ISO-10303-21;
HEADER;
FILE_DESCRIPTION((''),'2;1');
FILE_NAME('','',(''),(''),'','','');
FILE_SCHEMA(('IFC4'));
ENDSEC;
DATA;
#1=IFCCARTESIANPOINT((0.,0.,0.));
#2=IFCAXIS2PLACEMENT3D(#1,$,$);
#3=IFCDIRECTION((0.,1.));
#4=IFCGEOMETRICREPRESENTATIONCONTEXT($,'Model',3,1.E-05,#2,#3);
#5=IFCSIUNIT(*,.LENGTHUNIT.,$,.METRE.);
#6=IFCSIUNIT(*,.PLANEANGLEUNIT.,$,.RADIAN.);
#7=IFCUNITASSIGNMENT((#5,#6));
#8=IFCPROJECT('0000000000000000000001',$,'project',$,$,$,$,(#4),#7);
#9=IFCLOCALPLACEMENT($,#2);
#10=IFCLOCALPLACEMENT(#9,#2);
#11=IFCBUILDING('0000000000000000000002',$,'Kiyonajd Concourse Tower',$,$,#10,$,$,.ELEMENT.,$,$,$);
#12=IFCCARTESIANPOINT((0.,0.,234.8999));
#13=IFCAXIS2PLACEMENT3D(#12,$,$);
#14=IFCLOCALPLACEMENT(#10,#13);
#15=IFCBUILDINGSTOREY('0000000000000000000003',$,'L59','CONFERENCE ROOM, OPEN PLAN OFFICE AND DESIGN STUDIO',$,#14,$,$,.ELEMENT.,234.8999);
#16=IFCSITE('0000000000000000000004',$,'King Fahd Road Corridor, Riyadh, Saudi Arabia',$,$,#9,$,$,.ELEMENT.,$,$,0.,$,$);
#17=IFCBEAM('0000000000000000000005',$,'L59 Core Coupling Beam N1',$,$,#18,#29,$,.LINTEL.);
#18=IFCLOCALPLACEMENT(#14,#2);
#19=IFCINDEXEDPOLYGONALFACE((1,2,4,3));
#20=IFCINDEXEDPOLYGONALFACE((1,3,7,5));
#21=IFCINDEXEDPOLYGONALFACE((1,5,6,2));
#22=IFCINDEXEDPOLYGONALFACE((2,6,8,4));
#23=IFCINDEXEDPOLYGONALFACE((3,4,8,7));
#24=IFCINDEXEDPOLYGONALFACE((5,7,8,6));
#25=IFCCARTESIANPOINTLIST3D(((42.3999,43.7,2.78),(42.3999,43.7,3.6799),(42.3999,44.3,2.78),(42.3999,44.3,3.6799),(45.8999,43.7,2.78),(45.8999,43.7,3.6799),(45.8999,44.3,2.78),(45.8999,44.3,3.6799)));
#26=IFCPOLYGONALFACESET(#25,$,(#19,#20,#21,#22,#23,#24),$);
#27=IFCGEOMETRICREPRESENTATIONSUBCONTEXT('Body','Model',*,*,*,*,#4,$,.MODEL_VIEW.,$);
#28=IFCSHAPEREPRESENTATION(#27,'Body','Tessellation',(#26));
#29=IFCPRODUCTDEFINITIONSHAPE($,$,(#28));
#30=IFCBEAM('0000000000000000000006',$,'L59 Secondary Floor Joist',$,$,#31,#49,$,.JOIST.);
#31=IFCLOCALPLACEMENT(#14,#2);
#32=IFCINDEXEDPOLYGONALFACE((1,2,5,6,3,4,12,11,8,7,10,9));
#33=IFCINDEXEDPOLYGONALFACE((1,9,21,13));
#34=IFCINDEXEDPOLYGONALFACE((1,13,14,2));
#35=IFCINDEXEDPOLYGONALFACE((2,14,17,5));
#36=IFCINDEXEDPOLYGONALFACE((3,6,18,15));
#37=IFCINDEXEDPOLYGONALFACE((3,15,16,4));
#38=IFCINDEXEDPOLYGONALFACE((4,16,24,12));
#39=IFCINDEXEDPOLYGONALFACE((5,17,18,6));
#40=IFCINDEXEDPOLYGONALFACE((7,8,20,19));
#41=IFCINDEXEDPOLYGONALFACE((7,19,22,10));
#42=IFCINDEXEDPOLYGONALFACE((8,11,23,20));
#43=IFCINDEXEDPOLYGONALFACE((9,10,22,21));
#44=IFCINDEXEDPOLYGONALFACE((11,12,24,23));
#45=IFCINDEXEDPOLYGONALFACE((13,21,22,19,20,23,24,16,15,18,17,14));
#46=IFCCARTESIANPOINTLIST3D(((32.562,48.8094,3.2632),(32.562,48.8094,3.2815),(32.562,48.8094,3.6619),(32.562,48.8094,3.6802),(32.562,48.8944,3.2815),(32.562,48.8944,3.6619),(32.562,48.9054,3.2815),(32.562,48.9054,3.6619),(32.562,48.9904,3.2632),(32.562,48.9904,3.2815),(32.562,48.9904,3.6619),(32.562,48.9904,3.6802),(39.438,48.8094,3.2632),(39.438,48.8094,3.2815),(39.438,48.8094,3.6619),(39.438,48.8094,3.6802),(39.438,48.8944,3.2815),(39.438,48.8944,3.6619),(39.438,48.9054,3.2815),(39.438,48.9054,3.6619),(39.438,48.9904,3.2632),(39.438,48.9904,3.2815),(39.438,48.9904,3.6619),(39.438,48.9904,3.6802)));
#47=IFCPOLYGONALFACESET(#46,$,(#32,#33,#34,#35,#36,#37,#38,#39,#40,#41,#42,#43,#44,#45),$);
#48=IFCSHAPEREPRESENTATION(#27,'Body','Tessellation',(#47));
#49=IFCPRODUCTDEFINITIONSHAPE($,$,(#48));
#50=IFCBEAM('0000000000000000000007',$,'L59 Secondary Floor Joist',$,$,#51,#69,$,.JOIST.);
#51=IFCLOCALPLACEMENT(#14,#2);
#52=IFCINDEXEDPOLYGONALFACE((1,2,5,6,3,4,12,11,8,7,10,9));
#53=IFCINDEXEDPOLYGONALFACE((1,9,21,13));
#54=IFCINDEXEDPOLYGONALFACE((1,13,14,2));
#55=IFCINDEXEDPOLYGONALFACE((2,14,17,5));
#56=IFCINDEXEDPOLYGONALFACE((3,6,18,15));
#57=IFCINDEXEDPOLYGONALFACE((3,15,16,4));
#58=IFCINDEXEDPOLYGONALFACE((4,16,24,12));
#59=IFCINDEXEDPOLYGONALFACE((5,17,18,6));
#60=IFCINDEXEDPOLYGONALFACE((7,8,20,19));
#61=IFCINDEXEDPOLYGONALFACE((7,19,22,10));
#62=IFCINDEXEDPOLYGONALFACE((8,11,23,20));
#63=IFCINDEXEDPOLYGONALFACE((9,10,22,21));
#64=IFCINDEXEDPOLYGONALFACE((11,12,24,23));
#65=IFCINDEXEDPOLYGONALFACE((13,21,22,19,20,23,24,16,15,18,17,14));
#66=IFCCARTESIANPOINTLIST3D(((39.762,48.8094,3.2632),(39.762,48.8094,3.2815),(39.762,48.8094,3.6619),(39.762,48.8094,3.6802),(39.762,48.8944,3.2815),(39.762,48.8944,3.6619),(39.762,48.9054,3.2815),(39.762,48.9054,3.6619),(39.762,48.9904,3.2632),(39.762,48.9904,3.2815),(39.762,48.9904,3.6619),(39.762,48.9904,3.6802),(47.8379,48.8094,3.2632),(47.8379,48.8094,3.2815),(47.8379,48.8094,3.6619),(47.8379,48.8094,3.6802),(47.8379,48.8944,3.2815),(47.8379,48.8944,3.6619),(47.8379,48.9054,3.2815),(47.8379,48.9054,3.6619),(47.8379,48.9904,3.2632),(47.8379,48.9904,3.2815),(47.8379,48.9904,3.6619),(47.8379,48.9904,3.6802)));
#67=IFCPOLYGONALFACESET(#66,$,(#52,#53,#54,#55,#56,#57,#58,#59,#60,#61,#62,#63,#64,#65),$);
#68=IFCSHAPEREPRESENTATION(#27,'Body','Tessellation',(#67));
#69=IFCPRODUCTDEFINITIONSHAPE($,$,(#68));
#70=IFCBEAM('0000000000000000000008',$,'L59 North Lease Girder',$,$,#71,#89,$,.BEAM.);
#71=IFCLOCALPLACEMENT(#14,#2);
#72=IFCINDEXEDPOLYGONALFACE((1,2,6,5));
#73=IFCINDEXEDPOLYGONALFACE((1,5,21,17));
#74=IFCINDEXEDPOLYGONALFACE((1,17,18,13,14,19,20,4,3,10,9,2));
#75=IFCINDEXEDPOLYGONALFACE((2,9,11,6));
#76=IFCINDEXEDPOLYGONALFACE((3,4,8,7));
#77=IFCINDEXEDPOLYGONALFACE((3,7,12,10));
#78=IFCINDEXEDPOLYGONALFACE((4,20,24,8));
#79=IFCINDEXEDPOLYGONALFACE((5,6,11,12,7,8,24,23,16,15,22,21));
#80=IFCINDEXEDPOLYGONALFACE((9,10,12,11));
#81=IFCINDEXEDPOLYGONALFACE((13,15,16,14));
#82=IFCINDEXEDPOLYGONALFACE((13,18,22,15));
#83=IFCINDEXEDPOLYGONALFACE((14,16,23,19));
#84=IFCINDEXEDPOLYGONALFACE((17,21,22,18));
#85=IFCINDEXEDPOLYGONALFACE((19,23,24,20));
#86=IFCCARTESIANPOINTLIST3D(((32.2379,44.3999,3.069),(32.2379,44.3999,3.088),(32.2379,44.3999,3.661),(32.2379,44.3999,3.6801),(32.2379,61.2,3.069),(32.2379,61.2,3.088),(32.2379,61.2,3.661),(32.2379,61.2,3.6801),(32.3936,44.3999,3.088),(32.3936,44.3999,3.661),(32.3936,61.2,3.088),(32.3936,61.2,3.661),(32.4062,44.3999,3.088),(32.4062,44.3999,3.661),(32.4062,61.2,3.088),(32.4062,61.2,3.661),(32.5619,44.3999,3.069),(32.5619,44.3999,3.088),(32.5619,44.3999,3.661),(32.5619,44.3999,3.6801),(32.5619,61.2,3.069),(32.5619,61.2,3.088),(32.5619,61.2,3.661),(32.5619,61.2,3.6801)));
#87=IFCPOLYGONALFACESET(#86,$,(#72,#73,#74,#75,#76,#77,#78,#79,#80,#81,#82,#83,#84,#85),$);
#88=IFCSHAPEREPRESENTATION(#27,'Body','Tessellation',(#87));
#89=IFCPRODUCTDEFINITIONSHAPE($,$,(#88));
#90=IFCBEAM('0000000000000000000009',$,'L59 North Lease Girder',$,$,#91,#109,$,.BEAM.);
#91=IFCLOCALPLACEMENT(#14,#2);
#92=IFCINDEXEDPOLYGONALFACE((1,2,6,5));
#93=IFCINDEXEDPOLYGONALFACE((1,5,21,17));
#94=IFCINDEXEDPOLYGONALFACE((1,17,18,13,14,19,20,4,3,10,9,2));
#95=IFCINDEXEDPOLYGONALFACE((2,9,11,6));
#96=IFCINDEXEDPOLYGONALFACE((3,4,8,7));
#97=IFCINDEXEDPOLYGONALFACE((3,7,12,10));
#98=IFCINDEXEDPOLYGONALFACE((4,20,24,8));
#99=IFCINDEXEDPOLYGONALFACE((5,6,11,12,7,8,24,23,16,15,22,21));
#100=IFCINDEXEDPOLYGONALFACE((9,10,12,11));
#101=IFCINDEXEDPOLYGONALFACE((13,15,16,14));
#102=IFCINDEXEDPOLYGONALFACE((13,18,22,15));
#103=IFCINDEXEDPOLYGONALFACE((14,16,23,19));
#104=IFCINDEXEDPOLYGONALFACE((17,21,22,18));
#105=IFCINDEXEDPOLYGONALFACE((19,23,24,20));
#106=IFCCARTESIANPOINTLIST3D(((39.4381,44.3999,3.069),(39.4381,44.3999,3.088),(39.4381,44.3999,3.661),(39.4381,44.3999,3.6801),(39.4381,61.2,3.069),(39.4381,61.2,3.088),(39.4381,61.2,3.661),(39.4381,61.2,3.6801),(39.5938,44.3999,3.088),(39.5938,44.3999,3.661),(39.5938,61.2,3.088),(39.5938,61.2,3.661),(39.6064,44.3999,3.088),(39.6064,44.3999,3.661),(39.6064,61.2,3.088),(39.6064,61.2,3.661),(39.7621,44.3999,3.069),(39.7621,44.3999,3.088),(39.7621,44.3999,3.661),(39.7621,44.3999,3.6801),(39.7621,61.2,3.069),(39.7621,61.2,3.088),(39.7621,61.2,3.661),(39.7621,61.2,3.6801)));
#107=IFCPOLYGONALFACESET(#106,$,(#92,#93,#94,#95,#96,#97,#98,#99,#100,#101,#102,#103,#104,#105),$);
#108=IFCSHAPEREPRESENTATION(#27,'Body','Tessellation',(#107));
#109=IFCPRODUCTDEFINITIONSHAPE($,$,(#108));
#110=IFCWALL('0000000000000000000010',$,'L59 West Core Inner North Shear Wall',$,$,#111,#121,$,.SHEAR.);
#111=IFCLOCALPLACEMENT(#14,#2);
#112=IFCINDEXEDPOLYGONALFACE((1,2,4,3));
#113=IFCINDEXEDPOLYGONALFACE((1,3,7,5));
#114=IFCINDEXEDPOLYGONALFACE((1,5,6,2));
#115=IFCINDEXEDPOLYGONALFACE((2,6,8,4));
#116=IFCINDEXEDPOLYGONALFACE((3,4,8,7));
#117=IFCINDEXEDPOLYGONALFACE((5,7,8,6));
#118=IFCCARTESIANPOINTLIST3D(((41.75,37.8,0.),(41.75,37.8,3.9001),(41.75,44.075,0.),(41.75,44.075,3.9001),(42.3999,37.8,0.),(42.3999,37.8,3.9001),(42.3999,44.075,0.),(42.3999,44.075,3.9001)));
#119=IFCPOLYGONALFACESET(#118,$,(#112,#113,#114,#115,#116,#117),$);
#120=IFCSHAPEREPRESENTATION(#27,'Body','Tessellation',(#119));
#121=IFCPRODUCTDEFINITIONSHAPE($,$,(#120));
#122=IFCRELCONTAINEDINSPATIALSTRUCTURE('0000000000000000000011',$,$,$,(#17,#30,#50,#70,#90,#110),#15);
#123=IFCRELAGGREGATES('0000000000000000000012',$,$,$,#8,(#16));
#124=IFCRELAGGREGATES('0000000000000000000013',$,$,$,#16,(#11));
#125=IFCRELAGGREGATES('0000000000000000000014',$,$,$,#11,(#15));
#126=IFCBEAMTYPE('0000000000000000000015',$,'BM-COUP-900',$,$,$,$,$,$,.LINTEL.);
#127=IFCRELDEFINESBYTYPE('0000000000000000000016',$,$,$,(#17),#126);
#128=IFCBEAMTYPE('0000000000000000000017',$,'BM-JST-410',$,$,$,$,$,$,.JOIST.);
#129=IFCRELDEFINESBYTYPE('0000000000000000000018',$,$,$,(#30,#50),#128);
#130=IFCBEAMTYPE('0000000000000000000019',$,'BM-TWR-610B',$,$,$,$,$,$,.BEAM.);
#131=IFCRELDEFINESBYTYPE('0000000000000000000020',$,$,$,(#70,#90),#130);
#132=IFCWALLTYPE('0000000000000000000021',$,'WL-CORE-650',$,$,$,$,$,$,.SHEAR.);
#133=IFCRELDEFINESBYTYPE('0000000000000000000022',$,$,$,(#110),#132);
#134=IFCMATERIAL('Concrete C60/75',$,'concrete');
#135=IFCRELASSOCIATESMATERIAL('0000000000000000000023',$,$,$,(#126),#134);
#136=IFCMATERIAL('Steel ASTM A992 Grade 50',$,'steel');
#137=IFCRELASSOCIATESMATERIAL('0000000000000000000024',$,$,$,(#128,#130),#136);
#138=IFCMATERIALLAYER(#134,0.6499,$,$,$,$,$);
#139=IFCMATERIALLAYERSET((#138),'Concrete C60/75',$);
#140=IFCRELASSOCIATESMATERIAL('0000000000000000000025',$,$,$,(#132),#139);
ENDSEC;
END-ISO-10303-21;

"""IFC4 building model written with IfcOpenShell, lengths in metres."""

from ifc_helpers import new_model, si_unit, direction, frame, frame_2d, origin, origin_2d, place, context, subcontext, project, spatial, rectangle, i_section, extrude, material, layer, layer_set, material_profile, profile_set, type_object, element, save


model = new_model("IFC4")

# Units and contexts
model_context = context("Model", 3, precision=1e-05, world=origin(), true_north=direction((0.0, 1.0)))
body_context = subcontext(model_context, "Body", "Model", "MODEL_VIEW")
ifc_project = project(units=[si_unit("LENGTHUNIT", "METRE"), si_unit("PLANEANGLEUNIT", "RADIAN")], contexts=[model_context])

# Site, building, storey
site_placement = place(None, origin())
site = spatial("IfcSite", under=ifc_project, at=site_placement, Name="King Fahd Road Corridor, Riyadh, Saudi Arabia", CompositionType="ELEMENT", RefElevation=0.0)
building_placement = place(site_placement, origin())
building = spatial("IfcBuilding", under=site, at=building_placement, Name="Kiyonajd Concourse Tower", CompositionType="ELEMENT")
storey_placement = place(building_placement, frame((0.0, 0.0, 234.8999)))
storey = spatial("IfcBuildingStorey", under=building, at=storey_placement, Name="L59", Description="CONFERENCE ROOM, OPEN PLAN OFFICE AND DESIGN STUDIO", CompositionType="ELEMENT", Elevation=234.8999)

# Beams
ifc_material_1 = material(Name="Concrete C60/75", Category="concrete")
ifc_material_profile_1 = material_profile(ifc_material_1, rectangle(XDim=0.6001, YDim=0.8999, at=origin_2d()), Name="RCBM-600x900")
ifc_profile_set_1 = profile_set([ifc_material_profile_1], Name="Concrete C60/75")
beam_type_1 = type_object("IfcBeamType", Name="BM-COUP-900", PredefinedType="LINTEL", material=ifc_profile_set_1)
beam_1_placement = place(storey_placement, frame((42.3999, 44.0, 3.23), z_axis=(1.0, 0.0, 0.0), x_axis=(0.0, 1.0, 0.0)))
element("IfcBeam", 1, at=beam_1_placement, inside=storey, type_object=beam_type_1, Name="L59 Core Coupling Beam N1", PredefinedType="LINTEL", context=body_context, shape_type="SweptSolid", body=[
    extrude(rectangle(XDim=0.6001, YDim=0.8999, at=origin_2d()), origin(), (0.0, 0.0, 1.0), 3.5),
])
ifc_material_2 = material(Name="Steel ASTM A992 Grade 50", Category="steel")
ifc_material_profile_2 = material_profile(ifc_material_2, i_section(OverallWidth=0.1809, OverallDepth=0.417, WebThickness=0.011, FlangeThickness=0.0183, at=origin_2d()), Name="W410X85")
ifc_profile_set_2 = profile_set([ifc_material_profile_2], Name="Steel ASTM A992 Grade 50")
beam_type_2 = type_object("IfcBeamType", Name="BM-JST-410", PredefinedType="JOIST", material=ifc_profile_set_2)
beam_2_placement = place(storey_placement, frame((32.562, 48.8999, 3.4717), z_axis=(1.0, 0.0, 0.0), x_axis=(0.0, 1.0, 0.0)))
element("IfcBeam", 2, at=beam_2_placement, inside=storey, type_object=beam_type_2, Name="L59 Secondary Floor Joist", PredefinedType="JOIST", context=body_context, shape_type="SweptSolid", body=[
    extrude(i_section(OverallWidth=0.1809, OverallDepth=0.417, WebThickness=0.011, FlangeThickness=0.0183, at=origin_2d()), origin(), (0.0, 0.0, 1.0), 6.876),
])
beam_3_placement = place(storey_placement, frame((39.762, 48.8999, 3.4717), z_axis=(1.0, 0.0, 0.0), x_axis=(0.0, 1.0, 0.0)))
element("IfcBeam", 3, at=beam_3_placement, inside=storey, type_object=beam_type_2, Name="L59 Secondary Floor Joist", PredefinedType="JOIST", context=body_context, shape_type="SweptSolid", body=[
    extrude(i_section(OverallWidth=0.1809, OverallDepth=0.417, WebThickness=0.011, FlangeThickness=0.0183, at=origin_2d()), origin(), (0.0, 0.0, 1.0), 8.0759),
])
ifc_material_profile_3 = material_profile(ifc_material_2, i_section(OverallWidth=0.324, OverallDepth=0.6111, WebThickness=0.0127, FlangeThickness=0.019, at=origin_2d()), Name="W610X155")
ifc_profile_set_3 = profile_set([ifc_material_profile_3], Name="Steel ASTM A992 Grade 50")
beam_type_3 = type_object("IfcBeamType", Name="BM-TWR-610B", PredefinedType="BEAM", material=ifc_profile_set_3)
for number, where, z_axis, x_axis, name in (
    (4, (32.3999, 44.3999, 3.3745), (0.0, 1.0, 0.0), (-1.0, 0.0, 0.0), "L59 North Lease Girder"),
    (5, (39.6001, 44.3999, 3.3745), (0.0, 1.0, 0.0), (-1.0, 0.0, 0.0), "L59 North Lease Girder"),
):
    element("IfcBeam", number, at=place(storey_placement, frame(where, z_axis=z_axis, x_axis=x_axis)), inside=storey, type_object=beam_type_3, Name=name, PredefinedType="BEAM", context=body_context, shape_type="SweptSolid", body=[
        extrude(i_section(OverallWidth=0.324, OverallDepth=0.6111, WebThickness=0.0127, FlangeThickness=0.019, at=origin_2d()), origin(), (0.0, 0.0, 1.0), 16.8),
    ])

# Wall
ifc_layer_1 = layer(ifc_material_1, 0.6499)
ifc_layer_set_1 = layer_set([ifc_layer_1], Name="Concrete C60/75")
wall_type_1 = type_object("IfcWallType", Name="WL-CORE-650", PredefinedType="SHEAR", material=ifc_layer_set_1)
wall_1_placement = place(storey_placement, frame((42.075, 37.8, 0.0), z_axis=(0.0, 0.0, 1.0), x_axis=(0.0, 1.0, 0.0)))
element("IfcWall", 6, at=wall_1_placement, inside=storey, type_object=wall_type_1, Name="L59 West Core Inner North Shear Wall", PredefinedType="SHEAR", context=body_context, shape_type="SweptSolid", body=[
    extrude(rectangle(XDim=6.2749, YDim=0.6499, at=frame_2d((3.1375, 0.0))), origin(), (0.0, 0.0, 1.0), 3.9001),
])

save(model, "model.ifc")
